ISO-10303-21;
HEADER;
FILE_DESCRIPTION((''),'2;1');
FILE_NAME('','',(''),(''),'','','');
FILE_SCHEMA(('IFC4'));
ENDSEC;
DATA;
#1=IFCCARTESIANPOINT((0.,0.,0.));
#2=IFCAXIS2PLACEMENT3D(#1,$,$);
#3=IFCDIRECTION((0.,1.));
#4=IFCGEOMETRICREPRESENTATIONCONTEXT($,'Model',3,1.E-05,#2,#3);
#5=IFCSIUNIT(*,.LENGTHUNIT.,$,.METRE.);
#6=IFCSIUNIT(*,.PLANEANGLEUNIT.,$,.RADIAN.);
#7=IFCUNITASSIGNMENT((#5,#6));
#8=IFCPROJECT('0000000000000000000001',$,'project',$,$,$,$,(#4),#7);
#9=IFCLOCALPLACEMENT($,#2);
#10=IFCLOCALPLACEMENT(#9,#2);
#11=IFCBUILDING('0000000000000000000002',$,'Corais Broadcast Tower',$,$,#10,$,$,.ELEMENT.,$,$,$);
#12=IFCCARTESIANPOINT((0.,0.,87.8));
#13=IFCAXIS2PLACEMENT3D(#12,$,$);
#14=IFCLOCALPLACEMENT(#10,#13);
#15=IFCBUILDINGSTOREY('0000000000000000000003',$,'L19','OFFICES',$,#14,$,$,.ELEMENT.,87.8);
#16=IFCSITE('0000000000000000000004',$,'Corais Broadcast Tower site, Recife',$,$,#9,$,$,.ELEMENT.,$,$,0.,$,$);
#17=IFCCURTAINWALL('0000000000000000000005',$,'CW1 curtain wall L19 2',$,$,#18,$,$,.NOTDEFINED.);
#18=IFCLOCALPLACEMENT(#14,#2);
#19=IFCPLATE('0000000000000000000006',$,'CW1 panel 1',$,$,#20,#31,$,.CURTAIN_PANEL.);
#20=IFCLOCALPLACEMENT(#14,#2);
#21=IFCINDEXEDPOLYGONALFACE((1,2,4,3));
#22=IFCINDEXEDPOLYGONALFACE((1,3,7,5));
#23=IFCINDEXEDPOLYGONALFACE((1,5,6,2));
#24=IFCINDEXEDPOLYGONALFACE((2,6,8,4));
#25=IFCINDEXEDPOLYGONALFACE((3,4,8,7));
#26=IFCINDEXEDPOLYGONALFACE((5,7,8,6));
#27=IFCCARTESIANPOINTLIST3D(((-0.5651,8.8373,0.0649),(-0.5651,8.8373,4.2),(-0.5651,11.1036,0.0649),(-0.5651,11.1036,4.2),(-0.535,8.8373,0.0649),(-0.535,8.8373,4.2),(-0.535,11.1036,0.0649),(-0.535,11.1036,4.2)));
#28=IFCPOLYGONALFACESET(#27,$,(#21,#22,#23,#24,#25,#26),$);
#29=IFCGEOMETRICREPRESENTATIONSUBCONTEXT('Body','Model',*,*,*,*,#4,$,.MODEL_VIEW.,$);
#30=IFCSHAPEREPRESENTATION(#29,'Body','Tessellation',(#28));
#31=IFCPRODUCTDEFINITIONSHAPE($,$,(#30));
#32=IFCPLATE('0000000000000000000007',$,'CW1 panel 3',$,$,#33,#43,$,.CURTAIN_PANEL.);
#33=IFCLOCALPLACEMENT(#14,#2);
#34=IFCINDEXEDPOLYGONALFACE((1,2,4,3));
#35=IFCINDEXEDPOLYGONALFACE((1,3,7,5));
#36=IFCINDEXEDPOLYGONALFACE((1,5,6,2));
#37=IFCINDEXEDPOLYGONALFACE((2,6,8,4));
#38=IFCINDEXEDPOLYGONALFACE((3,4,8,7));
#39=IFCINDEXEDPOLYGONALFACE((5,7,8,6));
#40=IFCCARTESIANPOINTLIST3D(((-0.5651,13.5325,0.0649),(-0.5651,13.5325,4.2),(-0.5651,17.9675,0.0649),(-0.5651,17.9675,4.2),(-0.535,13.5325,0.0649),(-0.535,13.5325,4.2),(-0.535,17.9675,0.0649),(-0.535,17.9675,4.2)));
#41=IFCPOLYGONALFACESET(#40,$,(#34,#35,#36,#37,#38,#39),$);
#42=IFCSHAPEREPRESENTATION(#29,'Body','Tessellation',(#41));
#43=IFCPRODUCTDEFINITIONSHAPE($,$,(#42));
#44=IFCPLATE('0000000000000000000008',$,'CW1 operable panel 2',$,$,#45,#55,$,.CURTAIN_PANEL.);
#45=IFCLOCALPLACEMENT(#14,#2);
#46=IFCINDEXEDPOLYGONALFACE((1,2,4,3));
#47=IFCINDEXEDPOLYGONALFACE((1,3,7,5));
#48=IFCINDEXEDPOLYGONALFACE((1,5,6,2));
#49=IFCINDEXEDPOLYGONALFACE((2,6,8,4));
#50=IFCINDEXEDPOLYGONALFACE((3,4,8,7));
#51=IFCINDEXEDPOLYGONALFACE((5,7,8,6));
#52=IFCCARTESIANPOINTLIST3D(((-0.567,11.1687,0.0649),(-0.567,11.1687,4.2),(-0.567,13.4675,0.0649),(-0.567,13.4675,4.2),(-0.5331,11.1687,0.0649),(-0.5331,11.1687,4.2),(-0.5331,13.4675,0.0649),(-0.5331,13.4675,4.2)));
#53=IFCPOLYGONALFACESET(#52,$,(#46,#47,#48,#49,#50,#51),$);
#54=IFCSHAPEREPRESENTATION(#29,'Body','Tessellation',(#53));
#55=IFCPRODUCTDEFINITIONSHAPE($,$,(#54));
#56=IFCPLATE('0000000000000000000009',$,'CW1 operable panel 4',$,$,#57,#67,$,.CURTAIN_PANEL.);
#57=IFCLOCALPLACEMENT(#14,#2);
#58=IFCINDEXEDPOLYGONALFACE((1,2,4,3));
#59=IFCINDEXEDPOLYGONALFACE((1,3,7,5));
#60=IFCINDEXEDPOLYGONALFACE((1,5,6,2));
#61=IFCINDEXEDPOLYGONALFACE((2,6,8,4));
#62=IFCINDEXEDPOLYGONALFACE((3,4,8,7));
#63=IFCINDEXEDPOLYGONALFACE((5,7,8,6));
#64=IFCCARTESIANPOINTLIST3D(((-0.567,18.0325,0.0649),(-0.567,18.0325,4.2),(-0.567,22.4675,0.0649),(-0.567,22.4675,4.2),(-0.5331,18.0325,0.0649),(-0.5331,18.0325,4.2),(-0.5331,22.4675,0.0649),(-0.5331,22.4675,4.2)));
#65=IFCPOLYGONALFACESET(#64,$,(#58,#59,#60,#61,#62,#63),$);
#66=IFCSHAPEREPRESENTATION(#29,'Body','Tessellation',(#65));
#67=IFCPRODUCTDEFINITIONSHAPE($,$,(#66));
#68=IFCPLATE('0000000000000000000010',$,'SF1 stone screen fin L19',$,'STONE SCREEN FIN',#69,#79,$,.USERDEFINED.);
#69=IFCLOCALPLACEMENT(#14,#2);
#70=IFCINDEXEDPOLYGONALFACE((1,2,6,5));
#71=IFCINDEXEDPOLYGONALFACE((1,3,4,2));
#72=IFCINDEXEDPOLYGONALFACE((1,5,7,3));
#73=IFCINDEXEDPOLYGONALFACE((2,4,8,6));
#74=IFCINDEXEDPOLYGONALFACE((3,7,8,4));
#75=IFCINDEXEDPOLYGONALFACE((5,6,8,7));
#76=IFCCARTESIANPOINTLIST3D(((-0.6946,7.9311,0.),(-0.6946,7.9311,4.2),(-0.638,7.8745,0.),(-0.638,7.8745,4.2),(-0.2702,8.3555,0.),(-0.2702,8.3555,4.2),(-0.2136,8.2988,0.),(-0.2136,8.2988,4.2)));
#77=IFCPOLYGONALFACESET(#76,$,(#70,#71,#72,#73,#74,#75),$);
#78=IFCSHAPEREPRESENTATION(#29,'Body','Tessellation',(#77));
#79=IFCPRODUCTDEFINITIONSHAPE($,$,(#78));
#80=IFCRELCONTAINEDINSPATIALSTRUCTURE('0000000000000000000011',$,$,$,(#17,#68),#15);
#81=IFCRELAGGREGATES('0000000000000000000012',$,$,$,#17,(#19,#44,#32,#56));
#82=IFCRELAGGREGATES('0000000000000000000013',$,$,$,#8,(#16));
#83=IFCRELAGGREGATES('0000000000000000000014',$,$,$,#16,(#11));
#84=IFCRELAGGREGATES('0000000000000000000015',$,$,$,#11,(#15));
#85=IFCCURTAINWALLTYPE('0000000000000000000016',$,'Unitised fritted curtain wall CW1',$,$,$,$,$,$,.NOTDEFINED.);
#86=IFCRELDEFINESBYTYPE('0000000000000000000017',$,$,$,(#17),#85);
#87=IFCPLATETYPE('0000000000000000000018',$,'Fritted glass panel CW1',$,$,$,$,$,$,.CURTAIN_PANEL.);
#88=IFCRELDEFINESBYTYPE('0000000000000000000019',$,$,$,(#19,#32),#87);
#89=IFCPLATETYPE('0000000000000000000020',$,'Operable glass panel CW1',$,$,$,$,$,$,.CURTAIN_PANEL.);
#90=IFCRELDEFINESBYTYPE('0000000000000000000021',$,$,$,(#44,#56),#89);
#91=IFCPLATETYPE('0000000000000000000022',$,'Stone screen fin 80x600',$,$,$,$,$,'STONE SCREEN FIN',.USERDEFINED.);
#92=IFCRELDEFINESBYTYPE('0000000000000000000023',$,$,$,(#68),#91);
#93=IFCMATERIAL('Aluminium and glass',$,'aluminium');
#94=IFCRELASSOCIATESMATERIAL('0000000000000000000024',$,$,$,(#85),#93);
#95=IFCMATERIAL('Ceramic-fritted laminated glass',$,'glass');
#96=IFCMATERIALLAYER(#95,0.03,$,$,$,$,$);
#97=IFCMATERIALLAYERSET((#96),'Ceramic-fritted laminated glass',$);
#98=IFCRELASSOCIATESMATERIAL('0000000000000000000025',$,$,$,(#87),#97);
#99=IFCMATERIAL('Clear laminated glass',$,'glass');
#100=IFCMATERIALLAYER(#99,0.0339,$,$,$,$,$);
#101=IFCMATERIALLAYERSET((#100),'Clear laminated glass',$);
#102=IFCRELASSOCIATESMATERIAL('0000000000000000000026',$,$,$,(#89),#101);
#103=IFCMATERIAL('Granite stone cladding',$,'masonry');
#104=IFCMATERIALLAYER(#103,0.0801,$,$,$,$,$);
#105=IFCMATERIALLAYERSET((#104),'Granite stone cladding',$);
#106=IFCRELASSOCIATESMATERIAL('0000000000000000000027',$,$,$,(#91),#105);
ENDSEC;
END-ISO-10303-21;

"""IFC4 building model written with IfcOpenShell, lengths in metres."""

from ifc_helpers import new_model, si_unit, direction, frame, origin, origin_2d, place, context, subcontext, project, spatial, rectangle, extrude, material, layer, layer_set, type_object, element, aggregate, save


model = new_model("IFC4")

# Units and contexts
model_context = context("Model", 3, precision=1e-05, world=origin(), true_north=direction((0.0, 1.0)))
body_context = subcontext(model_context, "Body", "Model", "MODEL_VIEW")
ifc_project = project(units=[si_unit("LENGTHUNIT", "METRE"), si_unit("PLANEANGLEUNIT", "RADIAN")], contexts=[model_context])

# Site, building, storey
site_placement = place(None, origin())
site = spatial("IfcSite", under=ifc_project, at=site_placement, Name="Corais Broadcast Tower site, Recife", CompositionType="ELEMENT", RefElevation=0.0)
building_placement = place(site_placement, origin())
building = spatial("IfcBuilding", under=site, at=building_placement, Name="Corais Broadcast Tower", CompositionType="ELEMENT")
storey_placement = place(building_placement, frame((0.0, 0.0, 87.8)))
storey = spatial("IfcBuildingStorey", under=building, at=storey_placement, Name="L19", Description="OFFICES", CompositionType="ELEMENT", Elevation=87.8)

# Shared definitions
ifc_material_1 = material(Name="Aluminium and glass", Category="aluminium")
curtain_wall_type = type_object("IfcCurtainWallType", Name="Unitised fritted curtain wall CW1", PredefinedType="NOTDEFINED", material=ifc_material_1)

# Curtain wall
curtain_wall_1_placement = place(storey_placement, origin())
curtain_wall_1 = element("IfcCurtainWall", 1, at=curtain_wall_1_placement, inside=storey, type_object=curtain_wall_type, Name="CW1 curtain wall L19 2", PredefinedType="NOTDEFINED")

# Plates
ifc_material_2 = material(Name="Ceramic-fritted laminated glass", Category="glass")
ifc_layer_1 = layer(ifc_material_2, 0.03)
ifc_layer_set_1 = layer_set([ifc_layer_1], Name="Ceramic-fritted laminated glass")
plate_type_1 = type_object("IfcPlateType", Name="Fritted glass panel CW1", PredefinedType="CURTAIN_PANEL", material=ifc_layer_set_1)
plate_1_placement = place(storey_placement, frame((-0.55, 9.9705, 0.0649), z_axis=(0.0, 0.0, 1.0), x_axis=(0.0, 1.0, 0.0)))
plate_1 = element("IfcPlate", 2, at=plate_1_placement, type_object=plate_type_1, Name="CW1 panel 1", PredefinedType="CURTAIN_PANEL", context=body_context, shape_type="SweptSolid", body=[
    extrude(rectangle(XDim=2.2664, YDim=0.03, at=origin_2d()), origin(), (0.0, 0.0, 1.0), 4.135),
])
plate_2_placement = place(storey_placement, frame((-0.55, 15.75, 0.0649), z_axis=(0.0, 0.0, 1.0), x_axis=(0.0, 1.0, 0.0)))
plate_2 = element("IfcPlate", 3, at=plate_2_placement, type_object=plate_type_1, Name="CW1 panel 3", PredefinedType="CURTAIN_PANEL", context=body_context, shape_type="SweptSolid", body=[
    extrude(rectangle(XDim=4.4351, YDim=0.03, at=origin_2d()), origin(), (0.0, 0.0, 1.0), 4.135),
])
ifc_material_3 = material(Name="Clear laminated glass", Category="glass")
ifc_layer_2 = layer(ifc_material_3, 0.0339)
ifc_layer_set_2 = layer_set([ifc_layer_2], Name="Clear laminated glass")
plate_type_2 = type_object("IfcPlateType", Name="Operable glass panel CW1", PredefinedType="CURTAIN_PANEL", material=ifc_layer_set_2)
plate_3_placement = place(storey_placement, frame((-0.55, 12.3181, 0.0649), z_axis=(0.0, 0.0, 1.0), x_axis=(0.0, 1.0, 0.0)))
plate_3 = element("IfcPlate", 4, at=plate_3_placement, type_object=plate_type_2, Name="CW1 operable panel 2", PredefinedType="CURTAIN_PANEL", context=body_context, shape_type="SweptSolid", body=[
    extrude(rectangle(XDim=2.2988, YDim=0.0339, at=origin_2d()), origin(), (0.0, 0.0, 1.0), 4.135),
])
plate_4_placement = place(storey_placement, frame((-0.55, 20.25, 0.0649), z_axis=(0.0, 0.0, 1.0), x_axis=(0.0, 1.0, 0.0)))
plate_4 = element("IfcPlate", 5, at=plate_4_placement, type_object=plate_type_2, Name="CW1 operable panel 4", PredefinedType="CURTAIN_PANEL", context=body_context, shape_type="SweptSolid", body=[
    extrude(rectangle(XDim=4.4351, YDim=0.0339, at=origin_2d()), origin(), (0.0, 0.0, 1.0), 4.135),
])
aggregate(curtain_wall_1, [plate_1, plate_3, plate_2, plate_4])
ifc_material_4 = material(Name="Granite stone cladding", Category="masonry")
ifc_layer_3 = layer(ifc_material_4, 0.0801)
ifc_layer_set_3 = layer_set([ifc_layer_3], Name="Granite stone cladding")
plate_type_3 = type_object("IfcPlateType", Name="Stone screen fin 80x600", ElementType="STONE SCREEN FIN", PredefinedType="USERDEFINED", material=ifc_layer_set_3)
plate_5_placement = place(storey_placement, frame((-0.4541, 8.115, 0.0), z_axis=(0.0, 0.0, 1.0), x_axis=(-0.707107, 0.707107, 0.0)))
element("IfcPlate", 6, at=plate_5_placement, inside=storey, type_object=plate_type_3, Name="SF1 stone screen fin L19", ObjectType="STONE SCREEN FIN", PredefinedType="USERDEFINED", context=body_context, shape_type="SweptSolid", body=[
    extrude(rectangle(XDim=0.0801, YDim=0.6001, at=origin_2d()), origin(), (0.0, 0.0, 1.0), 4.2),
])

save(model, "model.ifc")
